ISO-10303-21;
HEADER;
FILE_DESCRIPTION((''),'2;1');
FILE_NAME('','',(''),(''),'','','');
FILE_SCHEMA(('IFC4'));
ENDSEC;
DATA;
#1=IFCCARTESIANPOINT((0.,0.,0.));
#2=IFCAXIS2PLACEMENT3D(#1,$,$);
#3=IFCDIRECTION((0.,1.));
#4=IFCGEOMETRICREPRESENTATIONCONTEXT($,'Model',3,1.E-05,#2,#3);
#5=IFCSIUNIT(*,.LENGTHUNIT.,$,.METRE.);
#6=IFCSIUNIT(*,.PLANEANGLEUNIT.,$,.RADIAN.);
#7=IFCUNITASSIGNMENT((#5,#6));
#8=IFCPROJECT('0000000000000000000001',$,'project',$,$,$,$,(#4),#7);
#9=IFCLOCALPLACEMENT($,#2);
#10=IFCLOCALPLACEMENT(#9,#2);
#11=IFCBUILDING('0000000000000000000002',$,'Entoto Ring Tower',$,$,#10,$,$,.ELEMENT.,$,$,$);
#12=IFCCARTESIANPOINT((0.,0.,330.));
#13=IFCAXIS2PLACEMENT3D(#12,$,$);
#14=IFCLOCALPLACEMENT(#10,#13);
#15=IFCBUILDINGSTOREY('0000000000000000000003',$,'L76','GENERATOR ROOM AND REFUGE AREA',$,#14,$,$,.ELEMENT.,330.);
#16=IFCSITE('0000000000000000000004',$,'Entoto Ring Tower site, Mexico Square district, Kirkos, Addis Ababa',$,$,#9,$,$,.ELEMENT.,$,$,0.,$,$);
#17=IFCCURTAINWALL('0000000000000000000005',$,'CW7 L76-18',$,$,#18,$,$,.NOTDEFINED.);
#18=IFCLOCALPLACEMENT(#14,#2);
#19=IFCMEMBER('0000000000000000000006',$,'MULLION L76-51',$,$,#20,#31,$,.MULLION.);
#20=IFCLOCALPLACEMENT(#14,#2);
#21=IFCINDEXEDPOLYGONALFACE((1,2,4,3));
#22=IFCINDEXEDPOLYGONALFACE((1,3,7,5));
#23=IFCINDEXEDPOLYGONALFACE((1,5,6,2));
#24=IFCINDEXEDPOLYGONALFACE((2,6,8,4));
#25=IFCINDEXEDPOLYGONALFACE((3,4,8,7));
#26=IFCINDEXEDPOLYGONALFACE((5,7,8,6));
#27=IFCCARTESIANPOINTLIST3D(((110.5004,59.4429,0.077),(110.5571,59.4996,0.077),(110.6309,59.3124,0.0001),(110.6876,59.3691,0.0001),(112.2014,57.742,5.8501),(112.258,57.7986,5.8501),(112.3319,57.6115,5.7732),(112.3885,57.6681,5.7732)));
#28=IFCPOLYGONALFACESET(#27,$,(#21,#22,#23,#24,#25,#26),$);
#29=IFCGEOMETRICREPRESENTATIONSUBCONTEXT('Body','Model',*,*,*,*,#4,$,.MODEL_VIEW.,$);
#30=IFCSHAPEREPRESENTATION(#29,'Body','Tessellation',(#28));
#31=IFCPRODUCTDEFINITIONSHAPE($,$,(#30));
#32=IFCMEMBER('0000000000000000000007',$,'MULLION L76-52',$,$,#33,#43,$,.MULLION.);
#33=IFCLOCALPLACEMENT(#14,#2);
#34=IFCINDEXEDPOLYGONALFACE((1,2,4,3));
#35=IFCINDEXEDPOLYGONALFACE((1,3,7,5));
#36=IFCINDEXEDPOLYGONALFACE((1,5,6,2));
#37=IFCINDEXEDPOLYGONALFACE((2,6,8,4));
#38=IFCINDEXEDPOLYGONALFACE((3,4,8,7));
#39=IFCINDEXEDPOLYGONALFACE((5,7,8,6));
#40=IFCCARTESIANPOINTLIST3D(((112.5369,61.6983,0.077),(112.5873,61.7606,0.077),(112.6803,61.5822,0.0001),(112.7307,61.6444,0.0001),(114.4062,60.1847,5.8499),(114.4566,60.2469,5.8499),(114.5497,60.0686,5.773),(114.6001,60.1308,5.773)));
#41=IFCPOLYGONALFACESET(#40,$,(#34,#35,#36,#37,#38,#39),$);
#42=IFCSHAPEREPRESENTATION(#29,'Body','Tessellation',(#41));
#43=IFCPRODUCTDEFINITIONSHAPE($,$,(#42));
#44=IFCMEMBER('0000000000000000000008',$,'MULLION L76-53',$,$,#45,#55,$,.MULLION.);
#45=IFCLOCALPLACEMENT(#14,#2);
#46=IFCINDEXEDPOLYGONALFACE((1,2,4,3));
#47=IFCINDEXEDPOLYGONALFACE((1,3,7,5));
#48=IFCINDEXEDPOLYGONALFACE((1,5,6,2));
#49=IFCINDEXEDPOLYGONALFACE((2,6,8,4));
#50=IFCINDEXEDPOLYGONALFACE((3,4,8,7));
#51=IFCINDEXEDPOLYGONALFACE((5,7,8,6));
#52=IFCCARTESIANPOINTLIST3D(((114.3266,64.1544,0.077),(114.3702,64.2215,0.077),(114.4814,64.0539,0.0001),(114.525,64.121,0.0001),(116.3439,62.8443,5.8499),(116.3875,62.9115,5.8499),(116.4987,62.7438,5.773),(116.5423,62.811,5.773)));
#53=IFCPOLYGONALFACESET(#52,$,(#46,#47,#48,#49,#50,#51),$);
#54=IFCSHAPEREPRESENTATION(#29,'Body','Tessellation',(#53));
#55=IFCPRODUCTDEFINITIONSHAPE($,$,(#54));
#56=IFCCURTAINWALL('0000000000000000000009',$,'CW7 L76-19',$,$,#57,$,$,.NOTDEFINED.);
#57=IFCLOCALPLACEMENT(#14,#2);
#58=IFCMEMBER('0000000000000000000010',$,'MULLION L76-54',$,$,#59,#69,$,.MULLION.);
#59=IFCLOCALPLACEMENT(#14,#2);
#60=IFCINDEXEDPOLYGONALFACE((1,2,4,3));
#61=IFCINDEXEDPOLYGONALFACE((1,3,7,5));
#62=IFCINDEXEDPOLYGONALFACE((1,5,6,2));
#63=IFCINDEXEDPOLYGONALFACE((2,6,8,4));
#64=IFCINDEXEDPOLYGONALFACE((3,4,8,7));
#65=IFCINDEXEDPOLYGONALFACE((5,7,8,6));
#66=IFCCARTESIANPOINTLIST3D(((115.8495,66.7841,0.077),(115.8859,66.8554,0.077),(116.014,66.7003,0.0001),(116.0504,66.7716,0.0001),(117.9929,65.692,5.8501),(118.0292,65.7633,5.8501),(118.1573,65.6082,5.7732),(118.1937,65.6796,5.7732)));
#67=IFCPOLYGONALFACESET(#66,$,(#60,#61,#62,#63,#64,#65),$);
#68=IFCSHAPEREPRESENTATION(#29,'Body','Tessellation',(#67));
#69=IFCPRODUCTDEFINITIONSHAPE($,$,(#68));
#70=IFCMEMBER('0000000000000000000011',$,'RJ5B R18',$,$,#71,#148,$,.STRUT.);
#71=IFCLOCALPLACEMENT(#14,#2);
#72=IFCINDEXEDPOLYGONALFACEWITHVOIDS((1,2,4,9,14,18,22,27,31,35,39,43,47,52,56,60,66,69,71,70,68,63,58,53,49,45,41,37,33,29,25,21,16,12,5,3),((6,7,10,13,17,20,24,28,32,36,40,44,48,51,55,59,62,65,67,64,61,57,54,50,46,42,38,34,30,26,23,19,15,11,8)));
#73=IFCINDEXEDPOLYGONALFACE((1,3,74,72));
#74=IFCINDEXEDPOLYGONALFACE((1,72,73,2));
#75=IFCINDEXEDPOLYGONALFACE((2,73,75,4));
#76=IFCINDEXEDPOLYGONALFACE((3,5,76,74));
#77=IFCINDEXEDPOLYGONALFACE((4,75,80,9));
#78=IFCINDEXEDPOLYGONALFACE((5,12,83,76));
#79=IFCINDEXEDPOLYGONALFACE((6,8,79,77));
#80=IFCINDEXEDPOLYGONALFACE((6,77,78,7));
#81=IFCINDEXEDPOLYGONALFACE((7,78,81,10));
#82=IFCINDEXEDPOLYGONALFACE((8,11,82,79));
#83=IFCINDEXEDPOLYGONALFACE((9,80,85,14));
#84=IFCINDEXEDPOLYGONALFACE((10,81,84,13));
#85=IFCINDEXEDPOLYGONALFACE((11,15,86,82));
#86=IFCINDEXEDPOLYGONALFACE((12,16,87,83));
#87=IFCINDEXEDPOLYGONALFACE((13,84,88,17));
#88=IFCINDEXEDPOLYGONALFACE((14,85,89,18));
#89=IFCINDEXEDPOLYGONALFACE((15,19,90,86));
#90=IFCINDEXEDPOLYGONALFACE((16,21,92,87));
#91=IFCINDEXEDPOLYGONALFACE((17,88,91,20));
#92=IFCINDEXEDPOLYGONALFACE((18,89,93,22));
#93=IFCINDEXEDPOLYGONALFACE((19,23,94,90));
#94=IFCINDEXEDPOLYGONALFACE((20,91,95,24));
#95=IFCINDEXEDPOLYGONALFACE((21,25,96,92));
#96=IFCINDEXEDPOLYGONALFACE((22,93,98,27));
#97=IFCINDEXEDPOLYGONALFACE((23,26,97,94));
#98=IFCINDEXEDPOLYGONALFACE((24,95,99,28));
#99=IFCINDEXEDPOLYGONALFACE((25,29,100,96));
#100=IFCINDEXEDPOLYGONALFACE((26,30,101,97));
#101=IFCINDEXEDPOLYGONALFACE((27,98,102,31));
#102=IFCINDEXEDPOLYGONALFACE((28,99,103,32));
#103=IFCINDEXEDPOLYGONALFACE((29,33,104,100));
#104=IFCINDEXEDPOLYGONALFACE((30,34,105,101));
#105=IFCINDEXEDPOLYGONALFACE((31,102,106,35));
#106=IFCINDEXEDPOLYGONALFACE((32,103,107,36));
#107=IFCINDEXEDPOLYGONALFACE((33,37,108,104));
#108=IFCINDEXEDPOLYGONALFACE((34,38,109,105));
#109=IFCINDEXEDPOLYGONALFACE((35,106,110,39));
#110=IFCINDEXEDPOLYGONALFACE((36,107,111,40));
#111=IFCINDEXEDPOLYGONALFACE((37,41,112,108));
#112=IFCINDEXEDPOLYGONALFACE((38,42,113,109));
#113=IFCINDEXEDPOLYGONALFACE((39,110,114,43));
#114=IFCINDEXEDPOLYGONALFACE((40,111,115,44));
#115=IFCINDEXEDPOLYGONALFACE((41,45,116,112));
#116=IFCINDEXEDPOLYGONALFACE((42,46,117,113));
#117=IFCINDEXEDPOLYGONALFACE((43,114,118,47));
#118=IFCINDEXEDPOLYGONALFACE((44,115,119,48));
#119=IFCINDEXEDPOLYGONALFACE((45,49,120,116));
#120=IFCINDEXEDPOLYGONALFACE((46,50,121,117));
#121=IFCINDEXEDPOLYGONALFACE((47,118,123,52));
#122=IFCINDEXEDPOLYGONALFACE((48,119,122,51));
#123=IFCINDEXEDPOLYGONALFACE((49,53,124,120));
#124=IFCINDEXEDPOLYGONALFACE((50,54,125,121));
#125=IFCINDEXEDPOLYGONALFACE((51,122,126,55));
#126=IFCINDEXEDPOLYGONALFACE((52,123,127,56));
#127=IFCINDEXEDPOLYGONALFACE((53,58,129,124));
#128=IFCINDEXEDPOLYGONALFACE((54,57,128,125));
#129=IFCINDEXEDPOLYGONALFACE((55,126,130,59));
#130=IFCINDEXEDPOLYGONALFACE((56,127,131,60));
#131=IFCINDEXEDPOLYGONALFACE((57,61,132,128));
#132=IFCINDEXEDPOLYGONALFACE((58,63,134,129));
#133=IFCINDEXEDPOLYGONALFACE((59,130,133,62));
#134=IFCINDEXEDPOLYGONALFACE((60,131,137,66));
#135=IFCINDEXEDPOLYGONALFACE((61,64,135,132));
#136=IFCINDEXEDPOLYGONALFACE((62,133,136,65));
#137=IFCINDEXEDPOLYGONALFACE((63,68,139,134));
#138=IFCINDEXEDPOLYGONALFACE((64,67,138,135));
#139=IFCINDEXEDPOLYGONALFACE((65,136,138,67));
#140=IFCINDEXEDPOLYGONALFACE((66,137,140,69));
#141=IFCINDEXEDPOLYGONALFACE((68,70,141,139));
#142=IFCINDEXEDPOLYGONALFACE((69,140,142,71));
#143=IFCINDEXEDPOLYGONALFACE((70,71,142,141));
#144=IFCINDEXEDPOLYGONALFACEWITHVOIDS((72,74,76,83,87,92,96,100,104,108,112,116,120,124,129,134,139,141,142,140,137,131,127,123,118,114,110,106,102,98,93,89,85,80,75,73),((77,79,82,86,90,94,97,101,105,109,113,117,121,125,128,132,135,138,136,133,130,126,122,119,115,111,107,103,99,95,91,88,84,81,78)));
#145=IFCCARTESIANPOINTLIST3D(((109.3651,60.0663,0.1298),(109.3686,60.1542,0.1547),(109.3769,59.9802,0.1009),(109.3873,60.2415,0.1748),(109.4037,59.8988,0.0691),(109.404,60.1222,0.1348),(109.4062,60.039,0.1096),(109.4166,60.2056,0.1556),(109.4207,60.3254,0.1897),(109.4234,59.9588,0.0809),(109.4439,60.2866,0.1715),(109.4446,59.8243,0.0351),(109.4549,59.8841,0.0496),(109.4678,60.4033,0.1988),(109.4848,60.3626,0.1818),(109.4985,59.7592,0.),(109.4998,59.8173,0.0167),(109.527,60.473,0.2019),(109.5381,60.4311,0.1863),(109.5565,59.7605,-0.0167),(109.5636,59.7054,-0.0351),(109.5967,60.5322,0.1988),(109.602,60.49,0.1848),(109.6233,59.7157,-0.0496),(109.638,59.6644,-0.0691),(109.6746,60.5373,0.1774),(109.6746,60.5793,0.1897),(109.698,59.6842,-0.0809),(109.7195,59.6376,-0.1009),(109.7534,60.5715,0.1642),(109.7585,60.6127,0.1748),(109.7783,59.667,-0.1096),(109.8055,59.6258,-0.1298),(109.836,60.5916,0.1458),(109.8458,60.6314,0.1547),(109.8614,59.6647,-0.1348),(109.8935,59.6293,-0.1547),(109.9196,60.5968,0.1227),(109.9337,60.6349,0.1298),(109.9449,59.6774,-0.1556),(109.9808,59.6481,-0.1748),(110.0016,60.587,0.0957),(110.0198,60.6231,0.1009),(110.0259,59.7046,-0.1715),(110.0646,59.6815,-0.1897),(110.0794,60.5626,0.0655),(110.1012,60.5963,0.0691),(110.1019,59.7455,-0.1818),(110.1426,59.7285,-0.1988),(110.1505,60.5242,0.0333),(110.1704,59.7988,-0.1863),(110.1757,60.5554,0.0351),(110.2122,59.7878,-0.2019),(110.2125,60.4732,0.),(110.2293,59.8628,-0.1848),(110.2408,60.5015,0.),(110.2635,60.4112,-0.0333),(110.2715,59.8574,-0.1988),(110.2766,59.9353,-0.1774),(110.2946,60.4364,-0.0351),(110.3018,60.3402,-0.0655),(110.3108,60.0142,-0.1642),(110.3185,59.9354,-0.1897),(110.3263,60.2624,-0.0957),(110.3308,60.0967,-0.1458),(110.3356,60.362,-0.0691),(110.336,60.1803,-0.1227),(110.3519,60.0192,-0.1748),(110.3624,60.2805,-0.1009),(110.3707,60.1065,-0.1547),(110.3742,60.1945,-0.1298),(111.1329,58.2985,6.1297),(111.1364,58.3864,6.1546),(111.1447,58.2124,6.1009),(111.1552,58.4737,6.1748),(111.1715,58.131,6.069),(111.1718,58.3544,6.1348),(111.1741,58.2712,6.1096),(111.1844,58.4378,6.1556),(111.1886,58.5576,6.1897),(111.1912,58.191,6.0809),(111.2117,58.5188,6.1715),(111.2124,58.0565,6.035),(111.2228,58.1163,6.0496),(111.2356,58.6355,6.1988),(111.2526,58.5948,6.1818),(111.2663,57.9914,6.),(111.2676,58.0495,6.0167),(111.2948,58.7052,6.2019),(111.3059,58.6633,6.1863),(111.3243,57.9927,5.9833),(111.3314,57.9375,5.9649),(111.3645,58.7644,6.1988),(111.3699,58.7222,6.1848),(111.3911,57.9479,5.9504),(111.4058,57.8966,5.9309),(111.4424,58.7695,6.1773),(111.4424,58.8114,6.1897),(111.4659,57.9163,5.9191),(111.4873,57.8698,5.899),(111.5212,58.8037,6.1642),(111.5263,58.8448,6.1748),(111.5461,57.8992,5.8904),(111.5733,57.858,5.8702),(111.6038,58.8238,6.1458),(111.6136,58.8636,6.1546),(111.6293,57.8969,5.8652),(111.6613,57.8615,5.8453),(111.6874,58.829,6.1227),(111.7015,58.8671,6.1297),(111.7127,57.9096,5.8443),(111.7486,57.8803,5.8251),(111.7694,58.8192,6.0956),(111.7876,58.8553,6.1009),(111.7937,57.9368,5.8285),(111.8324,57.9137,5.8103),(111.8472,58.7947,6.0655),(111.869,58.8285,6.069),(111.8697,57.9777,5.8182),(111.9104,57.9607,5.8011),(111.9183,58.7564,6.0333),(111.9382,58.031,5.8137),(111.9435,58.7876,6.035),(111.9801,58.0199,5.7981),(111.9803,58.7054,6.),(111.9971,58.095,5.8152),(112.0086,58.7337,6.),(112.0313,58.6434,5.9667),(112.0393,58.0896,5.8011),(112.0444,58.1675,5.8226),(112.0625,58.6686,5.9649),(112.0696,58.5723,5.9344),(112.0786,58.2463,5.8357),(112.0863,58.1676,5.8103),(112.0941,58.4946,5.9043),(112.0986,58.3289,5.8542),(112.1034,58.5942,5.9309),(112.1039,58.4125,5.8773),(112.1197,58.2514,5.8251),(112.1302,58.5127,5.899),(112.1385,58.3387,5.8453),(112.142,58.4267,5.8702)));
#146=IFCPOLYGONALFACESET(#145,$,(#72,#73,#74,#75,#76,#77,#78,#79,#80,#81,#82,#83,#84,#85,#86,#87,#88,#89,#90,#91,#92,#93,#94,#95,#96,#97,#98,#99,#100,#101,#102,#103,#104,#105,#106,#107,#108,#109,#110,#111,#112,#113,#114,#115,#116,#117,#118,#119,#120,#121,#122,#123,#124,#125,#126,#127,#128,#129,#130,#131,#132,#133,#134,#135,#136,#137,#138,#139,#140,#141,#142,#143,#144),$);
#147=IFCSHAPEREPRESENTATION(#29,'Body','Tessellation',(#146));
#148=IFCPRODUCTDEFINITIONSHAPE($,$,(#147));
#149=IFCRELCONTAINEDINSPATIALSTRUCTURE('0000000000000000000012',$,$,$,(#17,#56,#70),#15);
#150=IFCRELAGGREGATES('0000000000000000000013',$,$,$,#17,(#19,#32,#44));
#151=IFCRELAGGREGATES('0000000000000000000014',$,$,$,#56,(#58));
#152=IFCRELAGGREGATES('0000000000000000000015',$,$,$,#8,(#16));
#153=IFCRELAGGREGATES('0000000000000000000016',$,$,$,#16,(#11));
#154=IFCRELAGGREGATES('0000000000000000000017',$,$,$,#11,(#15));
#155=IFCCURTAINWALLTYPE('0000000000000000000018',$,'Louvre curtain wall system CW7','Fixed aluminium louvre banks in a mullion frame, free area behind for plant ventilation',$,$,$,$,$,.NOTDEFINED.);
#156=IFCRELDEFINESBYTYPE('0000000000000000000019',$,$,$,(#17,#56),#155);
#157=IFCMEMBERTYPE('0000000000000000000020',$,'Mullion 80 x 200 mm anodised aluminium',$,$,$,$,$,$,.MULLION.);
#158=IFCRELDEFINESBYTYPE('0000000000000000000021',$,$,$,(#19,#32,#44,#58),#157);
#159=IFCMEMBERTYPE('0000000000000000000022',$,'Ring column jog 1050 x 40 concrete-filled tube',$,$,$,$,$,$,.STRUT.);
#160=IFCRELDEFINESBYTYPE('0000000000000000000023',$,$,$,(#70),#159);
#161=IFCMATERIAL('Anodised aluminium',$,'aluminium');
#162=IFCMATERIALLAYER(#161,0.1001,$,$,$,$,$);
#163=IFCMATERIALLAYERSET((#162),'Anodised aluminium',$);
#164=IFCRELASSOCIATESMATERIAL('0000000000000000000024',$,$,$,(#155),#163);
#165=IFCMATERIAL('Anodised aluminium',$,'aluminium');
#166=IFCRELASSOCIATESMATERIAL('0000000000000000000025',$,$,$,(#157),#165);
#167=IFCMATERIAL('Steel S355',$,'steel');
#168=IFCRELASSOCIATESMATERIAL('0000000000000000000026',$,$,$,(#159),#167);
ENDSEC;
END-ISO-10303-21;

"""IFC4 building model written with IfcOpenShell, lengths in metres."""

from ifc_helpers import new_model, si_unit, direction, frame, origin, origin_2d, place, context, subcontext, project, spatial, rectangle, circle, hollow_circle, extrude, material, layer, layer_set, material_profile, profile_set, type_object, element, aggregate, save


model = new_model("IFC4")

# Units and contexts
model_context = context("Model", 3, precision=1e-05, world=origin(), true_north=direction((0.0, 1.0)))
body_context = subcontext(model_context, "Body", "Model", "MODEL_VIEW")
ifc_project = project(units=[si_unit("LENGTHUNIT", "METRE"), si_unit("PLANEANGLEUNIT", "RADIAN")], contexts=[model_context])

# Site, building, storey
site_placement = place(None, origin())
site = spatial("IfcSite", under=ifc_project, at=site_placement, Name="Entoto Ring Tower site, Mexico Square district, Kirkos, Addis Ababa", CompositionType="ELEMENT", RefElevation=0.0)
building_placement = place(site_placement, origin())
building = spatial("IfcBuilding", under=site, at=building_placement, Name="Entoto Ring Tower", CompositionType="ELEMENT")
storey_placement = place(building_placement, frame((0.0, 0.0, 330.0)))
storey = spatial("IfcBuildingStorey", under=building, at=storey_placement, Name="L76", Description="GENERATOR ROOM AND REFUGE AREA", CompositionType="ELEMENT", Elevation=330.0)

# Curtain wall, members
ifc_material_1 = material(Name="Anodised aluminium", Category="aluminium")
ifc_layer_1 = layer(ifc_material_1, 0.1001)
ifc_layer_set_1 = layer_set([ifc_layer_1], Name="Anodised aluminium")
curtain_wall_type = type_object("IfcCurtainWallType", Name="Louvre curtain wall system CW7", Description="Fixed aluminium louvre banks in a mullion frame, free area behind for plant ventilation", PredefinedType="NOTDEFINED", material=ifc_layer_set_1)
ifc_material_2 = material(Name="Anodised aluminium", Category="aluminium")
ifc_material_profile_1 = material_profile(ifc_material_2, rectangle(XDim=0.0801, YDim=0.2, at=origin_2d()), Name="Mullion 80 x 200 mm anodised aluminium")
ifc_profile_set_1 = profile_set([ifc_material_profile_1], Name="Anodised aluminium")
member_type_1 = type_object("IfcMemberType", Name="Mullion 80 x 200 mm anodised aluminium", PredefinedType="MULLION", material=ifc_profile_set_1)
curtain_wall_1_placement = place(storey_placement, origin())
curtain_wall_1 = element("IfcCurtainWall", 1, at=curtain_wall_1_placement, inside=storey, type_object=curtain_wall_type, Name="CW7 L76-18", PredefinedType="NOTDEFINED")
member_1_placement = place(storey_placement, frame((110.594, 59.406, 0.0386), z_axis=(0.271972, -0.271972, 0.923072), x_axis=(0.707107, 0.707107, 0.0)))
member_1 = element("IfcMember", 2, at=member_1_placement, type_object=member_type_1, Name="MULLION L76-51", PredefinedType="MULLION", context=body_context, shape_type="SweptSolid", body=[
    extrude(rectangle(XDim=0.0801, YDim=0.2, at=origin_2d()), origin(), (0.0, 0.0, 1.0), 6.2542),
])
member_2_placement = place(storey_placement, frame((112.6338, 61.6714, 0.0386), z_axis=(0.298909, -0.242032, 0.923078), x_axis=(0.629289, 0.777172, 0.0)))
member_2 = element("IfcMember", 3, at=member_2_placement, type_object=member_type_1, Name="MULLION L76-52", PredefinedType="MULLION", context=body_context, shape_type="SweptSolid", body=[
    extrude(rectangle(XDim=0.0801, YDim=0.2, at=origin_2d()), origin(), (0.0, 0.0, 1.0), 6.2539),
])
member_3_placement = place(storey_placement, frame((114.4258, 64.1377, 0.0386), z_axis=(0.322566, -0.209474, 0.923077), x_axis=(0.544635, 0.838673, 0.0)))
member_3 = element("IfcMember", 4, at=member_3_placement, type_object=member_type_1, Name="MULLION L76-53", PredefinedType="MULLION", context=body_context, shape_type="SweptSolid", body=[
    extrude(rectangle(XDim=0.0801, YDim=0.2, at=origin_2d()), origin(), (0.0, 0.0, 1.0), 6.2539),
])
aggregate(curtain_wall_1, [member_1, member_2, member_3])

# Curtain wall, member
curtain_wall_2_placement = place(storey_placement, origin())
curtain_wall_2 = element("IfcCurtainWall", 5, at=curtain_wall_2_placement, inside=storey, type_object=curtain_wall_type, Name="CW7 L76-19", PredefinedType="NOTDEFINED")
member_4_placement = place(storey_placement, frame((115.95, 66.7778, 0.0386), z_axis=(0.342707, -0.174613, 0.923072), x_axis=(0.453981, 0.891012, 0.0)))
member_4 = element("IfcMember", 6, at=member_4_placement, type_object=member_type_1, Name="MULLION L76-54", PredefinedType="MULLION", context=body_context, shape_type="SweptSolid", body=[
    extrude(rectangle(XDim=0.0801, YDim=0.2, at=origin_2d()), origin(), (0.0, 0.0, 1.0), 6.2542),
])
aggregate(curtain_wall_2, [member_4])

# Member
ifc_material_3 = material(Name="Steel S355", Category="steel")
ifc_material_profile_2 = material_profile(ifc_material_3, hollow_circle(Radius=0.5249, WallThickness=0.04, at=origin_2d()), Name="CHS 1050 x 40")
ifc_material_4 = material(Name="Concrete C60/75", Category="concrete")
ifc_material_profile_3 = material_profile(ifc_material_4, circle(Radius=0.4851, at=origin_2d()), Name="Concrete C60/75 infill")
ifc_profile_set_2 = profile_set([ifc_material_profile_2, ifc_material_profile_3], Name="Steel S355")
member_type_2 = type_object("IfcMemberType", Name="Ring column jog 1050 x 40 concrete-filled tube", PredefinedType="STRUT", material=ifc_profile_set_2)
for number, where, z_axis, x_axis, name in (
    (7, (109.8696, 60.1304, 0.0), (0.271971, -0.271971, 0.923073), (0.707107, 0.707107, 0.0), "RJ5B R18"),
):
    element("IfcMember", number, at=place(storey_placement, frame(where, z_axis=z_axis, x_axis=x_axis)), inside=storey, type_object=member_type_2, Name=name, PredefinedType="STRUT", context=body_context, shape_type="SweptSolid", body=[
        extrude(hollow_circle(Radius=0.5249, WallThickness=0.04, at=origin_2d()), origin(), (0.0, 0.0, 1.0), 6.5),
    ])

save(model, "model.ifc")
